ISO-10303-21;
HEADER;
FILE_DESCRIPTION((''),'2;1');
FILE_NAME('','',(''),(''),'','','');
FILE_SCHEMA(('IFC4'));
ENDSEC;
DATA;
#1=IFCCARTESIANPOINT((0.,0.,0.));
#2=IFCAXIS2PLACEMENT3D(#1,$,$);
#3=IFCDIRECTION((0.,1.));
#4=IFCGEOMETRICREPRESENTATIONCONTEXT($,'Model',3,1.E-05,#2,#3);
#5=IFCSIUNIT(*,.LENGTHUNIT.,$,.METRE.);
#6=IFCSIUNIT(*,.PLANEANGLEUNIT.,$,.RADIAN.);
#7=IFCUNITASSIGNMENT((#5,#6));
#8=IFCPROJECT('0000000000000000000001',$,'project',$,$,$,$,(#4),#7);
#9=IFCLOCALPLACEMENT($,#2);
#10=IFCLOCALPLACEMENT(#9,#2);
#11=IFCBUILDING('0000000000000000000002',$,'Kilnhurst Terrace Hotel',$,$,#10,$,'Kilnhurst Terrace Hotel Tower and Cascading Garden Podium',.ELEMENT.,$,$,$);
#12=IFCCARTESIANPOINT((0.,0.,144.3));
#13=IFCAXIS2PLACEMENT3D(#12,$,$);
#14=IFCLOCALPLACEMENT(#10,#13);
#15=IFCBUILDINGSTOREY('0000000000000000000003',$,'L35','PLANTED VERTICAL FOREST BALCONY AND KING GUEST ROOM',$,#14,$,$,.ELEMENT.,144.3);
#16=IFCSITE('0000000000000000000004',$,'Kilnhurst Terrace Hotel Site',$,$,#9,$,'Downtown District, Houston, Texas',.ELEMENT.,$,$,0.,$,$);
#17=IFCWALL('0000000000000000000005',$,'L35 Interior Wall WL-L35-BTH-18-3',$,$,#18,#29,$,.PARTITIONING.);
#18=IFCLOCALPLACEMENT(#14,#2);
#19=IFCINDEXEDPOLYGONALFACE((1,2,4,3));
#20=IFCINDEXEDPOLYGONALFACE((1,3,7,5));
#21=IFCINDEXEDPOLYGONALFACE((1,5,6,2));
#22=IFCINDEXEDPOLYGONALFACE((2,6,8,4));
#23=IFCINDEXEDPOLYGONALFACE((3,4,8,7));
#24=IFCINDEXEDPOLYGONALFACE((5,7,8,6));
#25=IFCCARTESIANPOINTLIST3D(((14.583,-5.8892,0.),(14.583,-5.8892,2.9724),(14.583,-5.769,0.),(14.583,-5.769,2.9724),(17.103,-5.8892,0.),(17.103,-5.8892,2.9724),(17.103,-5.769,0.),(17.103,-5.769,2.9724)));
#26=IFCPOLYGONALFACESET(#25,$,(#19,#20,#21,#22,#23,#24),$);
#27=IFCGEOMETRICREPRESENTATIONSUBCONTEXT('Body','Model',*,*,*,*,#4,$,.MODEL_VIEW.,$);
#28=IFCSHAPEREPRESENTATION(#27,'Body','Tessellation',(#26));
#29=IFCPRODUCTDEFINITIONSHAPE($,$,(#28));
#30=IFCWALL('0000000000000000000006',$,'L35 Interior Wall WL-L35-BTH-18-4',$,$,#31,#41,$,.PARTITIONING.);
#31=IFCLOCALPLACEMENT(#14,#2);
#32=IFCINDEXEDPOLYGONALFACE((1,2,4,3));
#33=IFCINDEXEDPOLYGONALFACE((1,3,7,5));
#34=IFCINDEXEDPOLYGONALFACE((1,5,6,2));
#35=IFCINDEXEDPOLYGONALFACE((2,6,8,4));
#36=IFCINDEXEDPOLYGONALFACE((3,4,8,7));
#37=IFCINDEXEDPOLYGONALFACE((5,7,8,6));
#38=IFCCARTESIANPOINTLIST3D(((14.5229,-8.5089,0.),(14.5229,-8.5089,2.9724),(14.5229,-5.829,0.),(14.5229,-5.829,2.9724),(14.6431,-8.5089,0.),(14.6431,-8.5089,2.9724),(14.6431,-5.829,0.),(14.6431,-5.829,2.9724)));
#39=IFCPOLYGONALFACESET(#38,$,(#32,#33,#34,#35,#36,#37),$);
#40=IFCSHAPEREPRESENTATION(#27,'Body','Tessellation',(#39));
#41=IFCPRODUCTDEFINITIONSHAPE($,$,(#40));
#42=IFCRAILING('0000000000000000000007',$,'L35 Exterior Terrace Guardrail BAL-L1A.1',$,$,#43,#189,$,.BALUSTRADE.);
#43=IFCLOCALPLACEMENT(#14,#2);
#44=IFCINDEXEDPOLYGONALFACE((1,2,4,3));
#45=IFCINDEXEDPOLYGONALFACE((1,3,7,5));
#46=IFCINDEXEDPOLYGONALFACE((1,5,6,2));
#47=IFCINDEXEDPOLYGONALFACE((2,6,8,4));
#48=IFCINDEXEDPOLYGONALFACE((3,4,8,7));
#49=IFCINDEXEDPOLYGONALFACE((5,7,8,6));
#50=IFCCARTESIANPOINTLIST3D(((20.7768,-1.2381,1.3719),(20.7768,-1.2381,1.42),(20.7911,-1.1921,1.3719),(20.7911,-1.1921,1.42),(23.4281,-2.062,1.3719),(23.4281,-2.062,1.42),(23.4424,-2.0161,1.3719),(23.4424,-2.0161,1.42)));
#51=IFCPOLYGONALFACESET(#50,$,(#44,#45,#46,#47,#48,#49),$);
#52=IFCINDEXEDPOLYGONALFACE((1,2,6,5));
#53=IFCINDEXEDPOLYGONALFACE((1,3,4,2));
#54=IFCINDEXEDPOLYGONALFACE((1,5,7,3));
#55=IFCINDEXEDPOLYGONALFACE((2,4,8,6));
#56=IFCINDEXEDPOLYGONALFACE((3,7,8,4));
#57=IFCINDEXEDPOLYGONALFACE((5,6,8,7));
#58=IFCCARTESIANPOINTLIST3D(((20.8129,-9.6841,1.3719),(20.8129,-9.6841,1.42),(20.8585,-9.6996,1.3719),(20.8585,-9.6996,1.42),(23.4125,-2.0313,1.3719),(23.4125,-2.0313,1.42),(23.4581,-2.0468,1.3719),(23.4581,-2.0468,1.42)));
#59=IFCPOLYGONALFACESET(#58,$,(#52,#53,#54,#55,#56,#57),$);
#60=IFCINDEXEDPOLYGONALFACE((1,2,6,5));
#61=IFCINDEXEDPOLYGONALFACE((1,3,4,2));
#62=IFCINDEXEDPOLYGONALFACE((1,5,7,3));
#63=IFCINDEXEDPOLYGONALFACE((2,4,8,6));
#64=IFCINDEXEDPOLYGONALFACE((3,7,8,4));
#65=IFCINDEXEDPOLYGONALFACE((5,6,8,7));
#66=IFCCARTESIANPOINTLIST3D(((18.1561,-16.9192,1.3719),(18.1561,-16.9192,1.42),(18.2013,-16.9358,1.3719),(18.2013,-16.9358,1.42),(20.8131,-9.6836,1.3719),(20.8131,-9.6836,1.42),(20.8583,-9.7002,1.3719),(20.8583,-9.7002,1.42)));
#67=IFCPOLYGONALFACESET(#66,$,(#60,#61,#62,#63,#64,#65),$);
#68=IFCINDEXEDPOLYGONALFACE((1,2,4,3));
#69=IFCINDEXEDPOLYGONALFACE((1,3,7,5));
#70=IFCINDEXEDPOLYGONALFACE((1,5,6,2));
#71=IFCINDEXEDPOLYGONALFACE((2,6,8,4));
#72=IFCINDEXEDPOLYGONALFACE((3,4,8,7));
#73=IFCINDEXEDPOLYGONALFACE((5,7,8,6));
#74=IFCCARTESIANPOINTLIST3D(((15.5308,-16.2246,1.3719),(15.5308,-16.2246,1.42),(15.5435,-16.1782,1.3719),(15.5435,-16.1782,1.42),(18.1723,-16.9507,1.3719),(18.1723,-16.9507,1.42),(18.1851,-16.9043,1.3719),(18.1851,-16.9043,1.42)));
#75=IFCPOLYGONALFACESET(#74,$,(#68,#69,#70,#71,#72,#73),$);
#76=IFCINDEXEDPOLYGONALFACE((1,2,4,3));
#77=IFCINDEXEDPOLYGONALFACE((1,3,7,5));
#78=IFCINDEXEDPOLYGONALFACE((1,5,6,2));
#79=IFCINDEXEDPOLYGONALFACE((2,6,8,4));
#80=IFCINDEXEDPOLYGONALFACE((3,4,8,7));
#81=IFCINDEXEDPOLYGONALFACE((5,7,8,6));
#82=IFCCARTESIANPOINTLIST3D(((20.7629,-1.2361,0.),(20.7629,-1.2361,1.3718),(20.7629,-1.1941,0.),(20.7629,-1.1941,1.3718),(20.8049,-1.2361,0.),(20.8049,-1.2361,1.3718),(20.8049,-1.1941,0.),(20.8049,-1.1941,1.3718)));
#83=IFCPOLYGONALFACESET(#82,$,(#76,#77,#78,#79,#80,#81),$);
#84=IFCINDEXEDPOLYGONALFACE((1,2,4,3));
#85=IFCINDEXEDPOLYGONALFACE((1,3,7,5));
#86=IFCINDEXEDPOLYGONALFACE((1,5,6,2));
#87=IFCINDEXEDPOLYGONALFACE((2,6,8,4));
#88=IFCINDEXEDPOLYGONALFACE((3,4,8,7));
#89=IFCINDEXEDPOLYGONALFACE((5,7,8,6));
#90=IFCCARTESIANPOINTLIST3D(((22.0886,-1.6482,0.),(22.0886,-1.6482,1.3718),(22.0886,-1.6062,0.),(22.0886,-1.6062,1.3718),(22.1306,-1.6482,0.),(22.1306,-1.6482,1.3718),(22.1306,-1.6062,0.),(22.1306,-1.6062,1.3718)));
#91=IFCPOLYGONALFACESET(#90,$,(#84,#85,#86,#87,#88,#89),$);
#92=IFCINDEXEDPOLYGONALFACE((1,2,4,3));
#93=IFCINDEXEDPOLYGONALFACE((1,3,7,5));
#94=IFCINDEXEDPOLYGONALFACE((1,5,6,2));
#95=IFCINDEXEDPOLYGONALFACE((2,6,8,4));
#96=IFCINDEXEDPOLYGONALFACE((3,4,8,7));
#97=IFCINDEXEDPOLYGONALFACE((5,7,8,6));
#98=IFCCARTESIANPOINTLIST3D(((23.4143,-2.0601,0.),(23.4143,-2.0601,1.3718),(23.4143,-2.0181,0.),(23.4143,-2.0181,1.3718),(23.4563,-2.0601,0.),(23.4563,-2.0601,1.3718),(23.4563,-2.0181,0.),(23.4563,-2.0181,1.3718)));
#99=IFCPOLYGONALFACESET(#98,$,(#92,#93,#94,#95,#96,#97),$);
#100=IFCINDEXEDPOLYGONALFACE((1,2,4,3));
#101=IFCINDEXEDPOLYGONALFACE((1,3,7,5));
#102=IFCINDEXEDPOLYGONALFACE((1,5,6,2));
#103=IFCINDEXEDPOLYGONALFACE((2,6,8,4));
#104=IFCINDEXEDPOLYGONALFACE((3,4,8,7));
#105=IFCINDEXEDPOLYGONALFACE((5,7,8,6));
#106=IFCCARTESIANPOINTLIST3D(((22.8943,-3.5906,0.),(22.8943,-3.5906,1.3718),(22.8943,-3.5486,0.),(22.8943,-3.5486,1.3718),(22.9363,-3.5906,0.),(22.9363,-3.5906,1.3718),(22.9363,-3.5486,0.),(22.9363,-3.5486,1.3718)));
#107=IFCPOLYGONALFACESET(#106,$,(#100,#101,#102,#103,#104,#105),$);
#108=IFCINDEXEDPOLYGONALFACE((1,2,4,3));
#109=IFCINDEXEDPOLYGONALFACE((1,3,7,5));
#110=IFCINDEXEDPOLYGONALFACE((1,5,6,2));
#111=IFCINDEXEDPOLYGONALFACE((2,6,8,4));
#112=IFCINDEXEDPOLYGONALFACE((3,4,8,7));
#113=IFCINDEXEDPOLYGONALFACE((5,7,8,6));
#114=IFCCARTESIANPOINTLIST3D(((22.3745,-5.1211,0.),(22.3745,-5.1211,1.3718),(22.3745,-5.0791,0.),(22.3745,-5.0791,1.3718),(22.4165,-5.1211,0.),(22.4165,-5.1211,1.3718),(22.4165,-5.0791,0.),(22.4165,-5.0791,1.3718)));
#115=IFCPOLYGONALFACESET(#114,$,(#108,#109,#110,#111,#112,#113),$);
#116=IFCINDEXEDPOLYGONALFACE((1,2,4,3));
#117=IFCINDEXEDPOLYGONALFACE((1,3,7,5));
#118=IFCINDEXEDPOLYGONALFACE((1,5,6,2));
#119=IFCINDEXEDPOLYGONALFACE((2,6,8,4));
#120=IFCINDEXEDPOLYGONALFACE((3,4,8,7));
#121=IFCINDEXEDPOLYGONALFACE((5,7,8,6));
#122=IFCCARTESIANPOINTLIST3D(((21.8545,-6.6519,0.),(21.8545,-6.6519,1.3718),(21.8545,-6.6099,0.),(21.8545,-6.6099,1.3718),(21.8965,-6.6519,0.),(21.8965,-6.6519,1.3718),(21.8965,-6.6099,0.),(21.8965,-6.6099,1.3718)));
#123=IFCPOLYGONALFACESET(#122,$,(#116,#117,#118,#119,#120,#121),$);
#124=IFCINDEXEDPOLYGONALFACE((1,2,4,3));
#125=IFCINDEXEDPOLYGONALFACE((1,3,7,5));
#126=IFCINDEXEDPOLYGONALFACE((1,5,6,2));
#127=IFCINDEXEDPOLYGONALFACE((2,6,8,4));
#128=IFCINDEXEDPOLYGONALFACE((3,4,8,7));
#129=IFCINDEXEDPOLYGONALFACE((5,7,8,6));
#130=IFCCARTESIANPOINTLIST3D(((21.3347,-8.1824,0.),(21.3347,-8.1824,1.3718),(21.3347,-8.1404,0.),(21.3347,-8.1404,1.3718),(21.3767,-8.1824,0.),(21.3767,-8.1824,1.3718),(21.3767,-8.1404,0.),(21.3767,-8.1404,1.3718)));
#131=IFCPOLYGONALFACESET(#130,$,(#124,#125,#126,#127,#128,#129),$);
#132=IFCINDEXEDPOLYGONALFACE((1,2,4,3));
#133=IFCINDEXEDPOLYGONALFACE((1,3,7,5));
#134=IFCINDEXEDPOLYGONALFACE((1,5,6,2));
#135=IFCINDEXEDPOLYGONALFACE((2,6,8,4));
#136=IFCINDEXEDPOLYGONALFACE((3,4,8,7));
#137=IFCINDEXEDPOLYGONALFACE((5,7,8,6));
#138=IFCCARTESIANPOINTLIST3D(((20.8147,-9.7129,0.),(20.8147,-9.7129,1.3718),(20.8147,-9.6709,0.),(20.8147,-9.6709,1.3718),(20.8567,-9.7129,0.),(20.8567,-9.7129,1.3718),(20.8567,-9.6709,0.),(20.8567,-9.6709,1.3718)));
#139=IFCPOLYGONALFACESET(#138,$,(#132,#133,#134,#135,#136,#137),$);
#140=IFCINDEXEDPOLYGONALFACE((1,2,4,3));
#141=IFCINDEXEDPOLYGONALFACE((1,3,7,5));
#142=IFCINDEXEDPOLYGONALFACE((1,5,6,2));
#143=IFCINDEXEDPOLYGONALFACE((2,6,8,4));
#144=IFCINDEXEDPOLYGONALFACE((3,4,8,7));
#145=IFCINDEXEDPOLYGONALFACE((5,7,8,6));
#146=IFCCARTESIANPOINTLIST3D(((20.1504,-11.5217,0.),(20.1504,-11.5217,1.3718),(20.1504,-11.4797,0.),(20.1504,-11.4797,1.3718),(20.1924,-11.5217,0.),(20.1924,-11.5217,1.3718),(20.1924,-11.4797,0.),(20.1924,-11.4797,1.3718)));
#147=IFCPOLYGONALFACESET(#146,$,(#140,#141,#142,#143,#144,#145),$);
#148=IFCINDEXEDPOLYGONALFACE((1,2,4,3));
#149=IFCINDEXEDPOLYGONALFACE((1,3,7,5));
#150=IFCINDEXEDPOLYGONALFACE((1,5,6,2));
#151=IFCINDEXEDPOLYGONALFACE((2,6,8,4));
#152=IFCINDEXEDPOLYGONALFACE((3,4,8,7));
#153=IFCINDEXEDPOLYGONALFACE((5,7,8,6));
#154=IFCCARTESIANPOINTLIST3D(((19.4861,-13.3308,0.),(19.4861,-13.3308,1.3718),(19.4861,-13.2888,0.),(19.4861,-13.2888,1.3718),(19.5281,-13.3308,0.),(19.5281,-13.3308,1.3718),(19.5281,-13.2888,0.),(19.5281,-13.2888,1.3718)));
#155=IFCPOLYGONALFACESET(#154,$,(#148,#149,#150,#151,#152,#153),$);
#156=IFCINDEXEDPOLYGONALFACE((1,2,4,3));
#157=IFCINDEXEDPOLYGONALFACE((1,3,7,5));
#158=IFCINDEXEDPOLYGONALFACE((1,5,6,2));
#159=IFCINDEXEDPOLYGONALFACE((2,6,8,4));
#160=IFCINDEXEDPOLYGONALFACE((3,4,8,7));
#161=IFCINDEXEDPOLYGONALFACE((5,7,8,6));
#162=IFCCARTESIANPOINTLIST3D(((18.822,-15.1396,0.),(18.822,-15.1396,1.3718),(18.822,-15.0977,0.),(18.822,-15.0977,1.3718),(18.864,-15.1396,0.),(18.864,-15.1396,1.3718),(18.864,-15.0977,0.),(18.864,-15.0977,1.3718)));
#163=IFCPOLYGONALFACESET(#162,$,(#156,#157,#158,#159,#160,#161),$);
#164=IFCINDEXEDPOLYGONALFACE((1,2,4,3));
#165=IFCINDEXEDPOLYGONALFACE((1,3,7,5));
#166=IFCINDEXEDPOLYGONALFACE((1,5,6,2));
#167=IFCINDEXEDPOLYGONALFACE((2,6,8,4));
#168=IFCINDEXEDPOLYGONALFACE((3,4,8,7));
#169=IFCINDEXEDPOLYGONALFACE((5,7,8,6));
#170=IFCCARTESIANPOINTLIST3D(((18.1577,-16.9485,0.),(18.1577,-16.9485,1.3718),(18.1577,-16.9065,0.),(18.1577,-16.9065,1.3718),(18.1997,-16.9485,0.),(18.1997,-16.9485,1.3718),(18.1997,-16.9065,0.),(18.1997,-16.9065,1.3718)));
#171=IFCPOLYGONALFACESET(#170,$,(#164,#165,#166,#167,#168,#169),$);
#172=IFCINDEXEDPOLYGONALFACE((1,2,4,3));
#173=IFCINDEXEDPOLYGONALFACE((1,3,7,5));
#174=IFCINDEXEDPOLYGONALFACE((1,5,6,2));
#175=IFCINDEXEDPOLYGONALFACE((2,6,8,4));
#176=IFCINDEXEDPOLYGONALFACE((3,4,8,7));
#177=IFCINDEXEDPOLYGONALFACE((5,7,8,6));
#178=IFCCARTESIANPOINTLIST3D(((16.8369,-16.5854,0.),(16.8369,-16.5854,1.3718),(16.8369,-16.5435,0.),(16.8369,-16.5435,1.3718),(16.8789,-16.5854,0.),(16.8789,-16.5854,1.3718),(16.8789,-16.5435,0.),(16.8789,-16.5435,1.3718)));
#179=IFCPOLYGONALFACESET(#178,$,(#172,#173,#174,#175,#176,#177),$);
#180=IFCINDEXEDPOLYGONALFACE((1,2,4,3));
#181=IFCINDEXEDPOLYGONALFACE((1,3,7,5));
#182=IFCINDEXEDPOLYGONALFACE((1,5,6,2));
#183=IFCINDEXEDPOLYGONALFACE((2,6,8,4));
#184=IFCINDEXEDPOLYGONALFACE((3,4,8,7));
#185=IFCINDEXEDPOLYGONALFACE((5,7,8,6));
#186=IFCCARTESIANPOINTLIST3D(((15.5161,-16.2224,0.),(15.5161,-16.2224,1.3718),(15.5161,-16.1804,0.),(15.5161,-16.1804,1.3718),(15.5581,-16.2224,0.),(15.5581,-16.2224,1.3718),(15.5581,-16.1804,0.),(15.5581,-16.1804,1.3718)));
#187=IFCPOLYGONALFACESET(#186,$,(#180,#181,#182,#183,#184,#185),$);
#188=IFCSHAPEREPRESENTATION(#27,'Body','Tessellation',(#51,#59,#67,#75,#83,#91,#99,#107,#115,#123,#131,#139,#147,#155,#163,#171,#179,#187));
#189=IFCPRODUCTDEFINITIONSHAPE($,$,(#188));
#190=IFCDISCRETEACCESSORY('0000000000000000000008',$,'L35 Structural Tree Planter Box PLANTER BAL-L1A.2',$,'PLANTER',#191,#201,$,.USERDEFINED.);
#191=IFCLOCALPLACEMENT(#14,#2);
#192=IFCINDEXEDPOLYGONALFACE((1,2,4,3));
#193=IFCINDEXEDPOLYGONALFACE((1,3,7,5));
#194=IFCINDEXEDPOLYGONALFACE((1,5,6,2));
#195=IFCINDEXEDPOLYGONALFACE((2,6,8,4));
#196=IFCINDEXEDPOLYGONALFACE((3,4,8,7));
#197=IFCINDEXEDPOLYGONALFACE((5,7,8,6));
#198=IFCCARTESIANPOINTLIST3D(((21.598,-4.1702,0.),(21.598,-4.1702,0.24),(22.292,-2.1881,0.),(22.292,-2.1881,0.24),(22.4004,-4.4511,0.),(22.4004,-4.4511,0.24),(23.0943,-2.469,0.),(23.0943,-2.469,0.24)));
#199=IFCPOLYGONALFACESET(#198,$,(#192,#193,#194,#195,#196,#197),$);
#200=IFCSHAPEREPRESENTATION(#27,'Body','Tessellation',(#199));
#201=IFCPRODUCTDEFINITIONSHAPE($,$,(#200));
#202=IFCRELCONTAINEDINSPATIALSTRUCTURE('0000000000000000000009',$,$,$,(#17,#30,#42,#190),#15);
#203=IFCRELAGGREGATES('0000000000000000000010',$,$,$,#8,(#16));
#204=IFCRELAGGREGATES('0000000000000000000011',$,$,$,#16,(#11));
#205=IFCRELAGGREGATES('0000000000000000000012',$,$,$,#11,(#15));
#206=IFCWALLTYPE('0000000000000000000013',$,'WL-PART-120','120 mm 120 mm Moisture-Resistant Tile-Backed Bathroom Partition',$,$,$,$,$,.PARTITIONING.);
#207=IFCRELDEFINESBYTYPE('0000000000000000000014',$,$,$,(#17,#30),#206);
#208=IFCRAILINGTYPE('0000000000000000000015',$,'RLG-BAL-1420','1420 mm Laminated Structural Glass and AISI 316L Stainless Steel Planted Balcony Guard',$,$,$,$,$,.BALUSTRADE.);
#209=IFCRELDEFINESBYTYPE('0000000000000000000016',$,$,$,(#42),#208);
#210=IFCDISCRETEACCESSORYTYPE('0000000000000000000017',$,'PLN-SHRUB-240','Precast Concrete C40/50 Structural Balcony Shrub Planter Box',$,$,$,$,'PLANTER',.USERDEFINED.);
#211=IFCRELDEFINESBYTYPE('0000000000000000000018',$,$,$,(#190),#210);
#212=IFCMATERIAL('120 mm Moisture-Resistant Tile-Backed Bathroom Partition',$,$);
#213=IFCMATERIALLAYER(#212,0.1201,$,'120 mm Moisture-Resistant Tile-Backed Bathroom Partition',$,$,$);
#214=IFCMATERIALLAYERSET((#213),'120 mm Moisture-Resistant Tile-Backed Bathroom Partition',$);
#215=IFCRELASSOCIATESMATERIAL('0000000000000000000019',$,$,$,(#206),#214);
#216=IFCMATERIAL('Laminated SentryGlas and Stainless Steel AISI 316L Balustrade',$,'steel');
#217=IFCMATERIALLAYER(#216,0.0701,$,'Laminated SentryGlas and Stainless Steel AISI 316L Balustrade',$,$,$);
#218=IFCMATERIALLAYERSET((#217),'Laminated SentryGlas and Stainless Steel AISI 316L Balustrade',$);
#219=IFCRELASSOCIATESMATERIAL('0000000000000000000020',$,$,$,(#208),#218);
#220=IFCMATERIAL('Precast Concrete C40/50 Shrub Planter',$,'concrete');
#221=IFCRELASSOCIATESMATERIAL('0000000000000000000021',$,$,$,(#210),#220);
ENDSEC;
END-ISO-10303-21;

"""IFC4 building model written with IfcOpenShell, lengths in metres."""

from ifc_helpers import new_model, si_unit, direction, frame, frame_2d, origin, origin_2d, place, context, subcontext, project, spatial, rectangle, extrude, material, layer, layer_set, type_object, element, save


model = new_model("IFC4")

# Units and contexts
model_context = context("Model", 3, precision=1e-05, world=origin(), true_north=direction((0.0, 1.0)))
body_context = subcontext(model_context, "Body", "Model", "MODEL_VIEW")
ifc_project = project(units=[si_unit("LENGTHUNIT", "METRE"), si_unit("PLANEANGLEUNIT", "RADIAN")], contexts=[model_context])

# Site, building, storey
site_placement = place(None, origin())
site = spatial("IfcSite", under=ifc_project, at=site_placement, Name="Kilnhurst Terrace Hotel Site", LongName="Downtown District, Houston, Texas", CompositionType="ELEMENT", RefElevation=0.0)
building_placement = place(site_placement, origin())
building = spatial("IfcBuilding", under=site, at=building_placement, Name="Kilnhurst Terrace Hotel", LongName="Kilnhurst Terrace Hotel Tower and Cascading Garden Podium", CompositionType="ELEMENT")
storey_placement = place(building_placement, frame((0.0, 0.0, 144.3)))
storey = spatial("IfcBuildingStorey", under=building, at=storey_placement, Name="L35", Description="PLANTED VERTICAL FOREST BALCONY AND KING GUEST ROOM", CompositionType="ELEMENT", Elevation=144.3)

# Walls
ifc_material_1 = material(Name="120 mm Moisture-Resistant Tile-Backed Bathroom Partition")
ifc_layer_1 = layer(ifc_material_1, 0.1201, Name="120 mm Moisture-Resistant Tile-Backed Bathroom Partition")
ifc_layer_set_1 = layer_set([ifc_layer_1], Name="120 mm Moisture-Resistant Tile-Backed Bathroom Partition")
wall_type_1 = type_object("IfcWallType", Name="WL-PART-120", Description="120 mm 120 mm Moisture-Resistant Tile-Backed Bathroom Partition", PredefinedType="PARTITIONING", material=ifc_layer_set_1)
wall_1_placement = place(storey_placement, frame((17.103, -5.8291, 0.0), z_axis=(0.0, 0.0, 1.0), x_axis=(-1.0, 0.0, 0.0)))
element("IfcWall", 1, at=wall_1_placement, inside=storey, type_object=wall_type_1, Name="L35 Interior Wall WL-L35-BTH-18-3", PredefinedType="PARTITIONING", context=body_context, shape_type="SweptSolid", body=[
    extrude(rectangle(XDim=2.52, YDim=0.1201, at=frame_2d((1.26, 0.0))), origin(), (0.0, 0.0, 1.0), 2.9724),
])
wall_2_placement = place(storey_placement, frame((14.583, -5.8291, 0.0), z_axis=(0.0, 0.0, 1.0), x_axis=(0.0, -1.0, 0.0)))
element("IfcWall", 2, at=wall_2_placement, inside=storey, type_object=wall_type_1, Name="L35 Interior Wall WL-L35-BTH-18-4", PredefinedType="PARTITIONING", context=body_context, shape_type="SweptSolid", body=[
    extrude(rectangle(XDim=2.6799, YDim=0.1201, at=frame_2d((1.3398, 0.0))), origin(), (0.0, 0.0, 1.0), 2.9724),
])

# Railing
ifc_material_2 = material(Name="Laminated SentryGlas and Stainless Steel AISI 316L Balustrade", Category="steel")
ifc_layer_2 = layer(ifc_material_2, 0.0701, Name="Laminated SentryGlas and Stainless Steel AISI 316L Balustrade")
ifc_layer_set_2 = layer_set([ifc_layer_2], Name="Laminated SentryGlas and Stainless Steel AISI 316L Balustrade")
railing_type = type_object("IfcRailingType", Name="RLG-BAL-1420", Description="1420 mm Laminated Structural Glass and AISI 316L Stainless Steel Planted Balcony Guard", PredefinedType="BALUSTRADE", material=ifc_layer_set_2)
railing_placement = place(storey_placement, frame((20.7839, -1.2151, 0.0)))
element("IfcRailing", 3, at=railing_placement, inside=storey, type_object=railing_type, Name="L35 Exterior Terrace Guardrail BAL-L1A.1", PredefinedType="BALUSTRADE", context=body_context, shape_type="SweptSolid", body=[
    extrude(rectangle(XDim=0.0481, YDim=0.0481, at=origin_2d()), frame((0.0, 0.0, 1.396), z_axis=(0.954948, -0.296773, 0.0), x_axis=(0.296773, 0.954948, 0.0)), (0.0, 0.0, 1.0), 2.7764),
    extrude(rectangle(XDim=0.0481, YDim=0.0481, at=origin_2d()), frame((2.6514, -0.824, 1.396), z_axis=(-0.321642, -0.946861, 0.0), x_axis=(0.946861, -0.321642, 0.0)), (0.0, 0.0, 1.0), 8.0823),
    extrude(rectangle(XDim=0.0481, YDim=0.0481, at=origin_2d()), frame((0.0518, -8.4768, 1.396), z_axis=(-0.344704, -0.938711, 0.0), x_axis=(0.938711, -0.344704, 0.0)), (0.0, 0.0, 1.0), 7.708),
    extrude(rectangle(XDim=0.0481, YDim=0.0481, at=origin_2d()), frame((-2.6052, -15.7124, 1.396), z_axis=(-0.96424, 0.265032, 0.0), x_axis=(-0.265032, -0.96424, 0.0)), (0.0, 0.0, 1.0), 2.7395),
    extrude(rectangle(XDim=0.042, YDim=0.042, at=origin_2d()), origin(), (0.0, 0.0, 1.0), 1.3718),
    extrude(rectangle(XDim=0.042, YDim=0.042, at=origin_2d()), frame((1.3257, -0.4121, 0.0)), (0.0, 0.0, 1.0), 1.3718),
    extrude(rectangle(XDim=0.042, YDim=0.042, at=origin_2d()), frame((2.6514, -0.824, 0.0)), (0.0, 0.0, 1.0), 1.3718),
    extrude(rectangle(XDim=0.042, YDim=0.042, at=origin_2d()), frame((2.1313, -2.3545, 0.0)), (0.0, 0.0, 1.0), 1.3718),
    extrude(rectangle(XDim=0.042, YDim=0.042, at=origin_2d()), frame((1.6116, -3.885, 0.0)), (0.0, 0.0, 1.0), 1.3718),
    extrude(rectangle(XDim=0.042, YDim=0.042, at=origin_2d()), frame((1.0916, -5.4158, 0.0)), (0.0, 0.0, 1.0), 1.3718),
    extrude(rectangle(XDim=0.042, YDim=0.042, at=origin_2d()), frame((0.5718, -6.9463, 0.0)), (0.0, 0.0, 1.0), 1.3718),
    extrude(rectangle(XDim=0.042, YDim=0.042, at=origin_2d()), frame((0.0518, -8.4768, 0.0)), (0.0, 0.0, 1.0), 1.3718),
    extrude(rectangle(XDim=0.042, YDim=0.042, at=origin_2d()), frame((-0.6125, -10.2856, 0.0)), (0.0, 0.0, 1.0), 1.3718),
    extrude(rectangle(XDim=0.042, YDim=0.042, at=origin_2d()), frame((-1.2769, -12.0947, 0.0)), (0.0, 0.0, 1.0), 1.3718),
    extrude(rectangle(XDim=0.042, YDim=0.042, at=origin_2d()), frame((-1.9409, -13.9036, 0.0)), (0.0, 0.0, 1.0), 1.3718),
    extrude(rectangle(XDim=0.042, YDim=0.042, at=origin_2d()), frame((-2.6052, -15.7124, 0.0)), (0.0, 0.0, 1.0), 1.3718),
    extrude(rectangle(XDim=0.042, YDim=0.042, at=origin_2d()), frame((-3.926, -15.3494, 0.0)), (0.0, 0.0, 1.0), 1.3718),
    extrude(rectangle(XDim=0.042, YDim=0.042, at=origin_2d()), frame((-5.2468, -14.9863, 0.0)), (0.0, 0.0, 1.0), 1.3718),
])

# Discrete accessory
ifc_material_3 = material(Name="Precast Concrete C40/50 Shrub Planter", Category="concrete")
discrete_accessory_type = type_object("IfcDiscreteAccessoryType", Name="PLN-SHRUB-240", Description="Precast Concrete C40/50 Structural Balcony Shrub Planter Box", ElementType="PLANTER", PredefinedType="USERDEFINED", material=ifc_material_3)
discrete_accessory_placement = place(storey_placement, frame((22.3462, -3.3196, 0.0), z_axis=(0.0, 0.0, 1.0), x_axis=(0.330432, 0.94383, 0.0)))
element("IfcDiscreteAccessory", 4, at=discrete_accessory_placement, inside=storey, type_object=discrete_accessory_type, Name="L35 Structural Tree Planter Box PLANTER BAL-L1A.2", ObjectType="PLANTER", PredefinedType="USERDEFINED", context=body_context, shape_type="SweptSolid", body=[
    extrude(rectangle(XDim=2.1001, YDim=0.8501, at=origin_2d()), origin(), (0.0, 0.0, 1.0), 0.24),
])

save(model, "model.ifc")
